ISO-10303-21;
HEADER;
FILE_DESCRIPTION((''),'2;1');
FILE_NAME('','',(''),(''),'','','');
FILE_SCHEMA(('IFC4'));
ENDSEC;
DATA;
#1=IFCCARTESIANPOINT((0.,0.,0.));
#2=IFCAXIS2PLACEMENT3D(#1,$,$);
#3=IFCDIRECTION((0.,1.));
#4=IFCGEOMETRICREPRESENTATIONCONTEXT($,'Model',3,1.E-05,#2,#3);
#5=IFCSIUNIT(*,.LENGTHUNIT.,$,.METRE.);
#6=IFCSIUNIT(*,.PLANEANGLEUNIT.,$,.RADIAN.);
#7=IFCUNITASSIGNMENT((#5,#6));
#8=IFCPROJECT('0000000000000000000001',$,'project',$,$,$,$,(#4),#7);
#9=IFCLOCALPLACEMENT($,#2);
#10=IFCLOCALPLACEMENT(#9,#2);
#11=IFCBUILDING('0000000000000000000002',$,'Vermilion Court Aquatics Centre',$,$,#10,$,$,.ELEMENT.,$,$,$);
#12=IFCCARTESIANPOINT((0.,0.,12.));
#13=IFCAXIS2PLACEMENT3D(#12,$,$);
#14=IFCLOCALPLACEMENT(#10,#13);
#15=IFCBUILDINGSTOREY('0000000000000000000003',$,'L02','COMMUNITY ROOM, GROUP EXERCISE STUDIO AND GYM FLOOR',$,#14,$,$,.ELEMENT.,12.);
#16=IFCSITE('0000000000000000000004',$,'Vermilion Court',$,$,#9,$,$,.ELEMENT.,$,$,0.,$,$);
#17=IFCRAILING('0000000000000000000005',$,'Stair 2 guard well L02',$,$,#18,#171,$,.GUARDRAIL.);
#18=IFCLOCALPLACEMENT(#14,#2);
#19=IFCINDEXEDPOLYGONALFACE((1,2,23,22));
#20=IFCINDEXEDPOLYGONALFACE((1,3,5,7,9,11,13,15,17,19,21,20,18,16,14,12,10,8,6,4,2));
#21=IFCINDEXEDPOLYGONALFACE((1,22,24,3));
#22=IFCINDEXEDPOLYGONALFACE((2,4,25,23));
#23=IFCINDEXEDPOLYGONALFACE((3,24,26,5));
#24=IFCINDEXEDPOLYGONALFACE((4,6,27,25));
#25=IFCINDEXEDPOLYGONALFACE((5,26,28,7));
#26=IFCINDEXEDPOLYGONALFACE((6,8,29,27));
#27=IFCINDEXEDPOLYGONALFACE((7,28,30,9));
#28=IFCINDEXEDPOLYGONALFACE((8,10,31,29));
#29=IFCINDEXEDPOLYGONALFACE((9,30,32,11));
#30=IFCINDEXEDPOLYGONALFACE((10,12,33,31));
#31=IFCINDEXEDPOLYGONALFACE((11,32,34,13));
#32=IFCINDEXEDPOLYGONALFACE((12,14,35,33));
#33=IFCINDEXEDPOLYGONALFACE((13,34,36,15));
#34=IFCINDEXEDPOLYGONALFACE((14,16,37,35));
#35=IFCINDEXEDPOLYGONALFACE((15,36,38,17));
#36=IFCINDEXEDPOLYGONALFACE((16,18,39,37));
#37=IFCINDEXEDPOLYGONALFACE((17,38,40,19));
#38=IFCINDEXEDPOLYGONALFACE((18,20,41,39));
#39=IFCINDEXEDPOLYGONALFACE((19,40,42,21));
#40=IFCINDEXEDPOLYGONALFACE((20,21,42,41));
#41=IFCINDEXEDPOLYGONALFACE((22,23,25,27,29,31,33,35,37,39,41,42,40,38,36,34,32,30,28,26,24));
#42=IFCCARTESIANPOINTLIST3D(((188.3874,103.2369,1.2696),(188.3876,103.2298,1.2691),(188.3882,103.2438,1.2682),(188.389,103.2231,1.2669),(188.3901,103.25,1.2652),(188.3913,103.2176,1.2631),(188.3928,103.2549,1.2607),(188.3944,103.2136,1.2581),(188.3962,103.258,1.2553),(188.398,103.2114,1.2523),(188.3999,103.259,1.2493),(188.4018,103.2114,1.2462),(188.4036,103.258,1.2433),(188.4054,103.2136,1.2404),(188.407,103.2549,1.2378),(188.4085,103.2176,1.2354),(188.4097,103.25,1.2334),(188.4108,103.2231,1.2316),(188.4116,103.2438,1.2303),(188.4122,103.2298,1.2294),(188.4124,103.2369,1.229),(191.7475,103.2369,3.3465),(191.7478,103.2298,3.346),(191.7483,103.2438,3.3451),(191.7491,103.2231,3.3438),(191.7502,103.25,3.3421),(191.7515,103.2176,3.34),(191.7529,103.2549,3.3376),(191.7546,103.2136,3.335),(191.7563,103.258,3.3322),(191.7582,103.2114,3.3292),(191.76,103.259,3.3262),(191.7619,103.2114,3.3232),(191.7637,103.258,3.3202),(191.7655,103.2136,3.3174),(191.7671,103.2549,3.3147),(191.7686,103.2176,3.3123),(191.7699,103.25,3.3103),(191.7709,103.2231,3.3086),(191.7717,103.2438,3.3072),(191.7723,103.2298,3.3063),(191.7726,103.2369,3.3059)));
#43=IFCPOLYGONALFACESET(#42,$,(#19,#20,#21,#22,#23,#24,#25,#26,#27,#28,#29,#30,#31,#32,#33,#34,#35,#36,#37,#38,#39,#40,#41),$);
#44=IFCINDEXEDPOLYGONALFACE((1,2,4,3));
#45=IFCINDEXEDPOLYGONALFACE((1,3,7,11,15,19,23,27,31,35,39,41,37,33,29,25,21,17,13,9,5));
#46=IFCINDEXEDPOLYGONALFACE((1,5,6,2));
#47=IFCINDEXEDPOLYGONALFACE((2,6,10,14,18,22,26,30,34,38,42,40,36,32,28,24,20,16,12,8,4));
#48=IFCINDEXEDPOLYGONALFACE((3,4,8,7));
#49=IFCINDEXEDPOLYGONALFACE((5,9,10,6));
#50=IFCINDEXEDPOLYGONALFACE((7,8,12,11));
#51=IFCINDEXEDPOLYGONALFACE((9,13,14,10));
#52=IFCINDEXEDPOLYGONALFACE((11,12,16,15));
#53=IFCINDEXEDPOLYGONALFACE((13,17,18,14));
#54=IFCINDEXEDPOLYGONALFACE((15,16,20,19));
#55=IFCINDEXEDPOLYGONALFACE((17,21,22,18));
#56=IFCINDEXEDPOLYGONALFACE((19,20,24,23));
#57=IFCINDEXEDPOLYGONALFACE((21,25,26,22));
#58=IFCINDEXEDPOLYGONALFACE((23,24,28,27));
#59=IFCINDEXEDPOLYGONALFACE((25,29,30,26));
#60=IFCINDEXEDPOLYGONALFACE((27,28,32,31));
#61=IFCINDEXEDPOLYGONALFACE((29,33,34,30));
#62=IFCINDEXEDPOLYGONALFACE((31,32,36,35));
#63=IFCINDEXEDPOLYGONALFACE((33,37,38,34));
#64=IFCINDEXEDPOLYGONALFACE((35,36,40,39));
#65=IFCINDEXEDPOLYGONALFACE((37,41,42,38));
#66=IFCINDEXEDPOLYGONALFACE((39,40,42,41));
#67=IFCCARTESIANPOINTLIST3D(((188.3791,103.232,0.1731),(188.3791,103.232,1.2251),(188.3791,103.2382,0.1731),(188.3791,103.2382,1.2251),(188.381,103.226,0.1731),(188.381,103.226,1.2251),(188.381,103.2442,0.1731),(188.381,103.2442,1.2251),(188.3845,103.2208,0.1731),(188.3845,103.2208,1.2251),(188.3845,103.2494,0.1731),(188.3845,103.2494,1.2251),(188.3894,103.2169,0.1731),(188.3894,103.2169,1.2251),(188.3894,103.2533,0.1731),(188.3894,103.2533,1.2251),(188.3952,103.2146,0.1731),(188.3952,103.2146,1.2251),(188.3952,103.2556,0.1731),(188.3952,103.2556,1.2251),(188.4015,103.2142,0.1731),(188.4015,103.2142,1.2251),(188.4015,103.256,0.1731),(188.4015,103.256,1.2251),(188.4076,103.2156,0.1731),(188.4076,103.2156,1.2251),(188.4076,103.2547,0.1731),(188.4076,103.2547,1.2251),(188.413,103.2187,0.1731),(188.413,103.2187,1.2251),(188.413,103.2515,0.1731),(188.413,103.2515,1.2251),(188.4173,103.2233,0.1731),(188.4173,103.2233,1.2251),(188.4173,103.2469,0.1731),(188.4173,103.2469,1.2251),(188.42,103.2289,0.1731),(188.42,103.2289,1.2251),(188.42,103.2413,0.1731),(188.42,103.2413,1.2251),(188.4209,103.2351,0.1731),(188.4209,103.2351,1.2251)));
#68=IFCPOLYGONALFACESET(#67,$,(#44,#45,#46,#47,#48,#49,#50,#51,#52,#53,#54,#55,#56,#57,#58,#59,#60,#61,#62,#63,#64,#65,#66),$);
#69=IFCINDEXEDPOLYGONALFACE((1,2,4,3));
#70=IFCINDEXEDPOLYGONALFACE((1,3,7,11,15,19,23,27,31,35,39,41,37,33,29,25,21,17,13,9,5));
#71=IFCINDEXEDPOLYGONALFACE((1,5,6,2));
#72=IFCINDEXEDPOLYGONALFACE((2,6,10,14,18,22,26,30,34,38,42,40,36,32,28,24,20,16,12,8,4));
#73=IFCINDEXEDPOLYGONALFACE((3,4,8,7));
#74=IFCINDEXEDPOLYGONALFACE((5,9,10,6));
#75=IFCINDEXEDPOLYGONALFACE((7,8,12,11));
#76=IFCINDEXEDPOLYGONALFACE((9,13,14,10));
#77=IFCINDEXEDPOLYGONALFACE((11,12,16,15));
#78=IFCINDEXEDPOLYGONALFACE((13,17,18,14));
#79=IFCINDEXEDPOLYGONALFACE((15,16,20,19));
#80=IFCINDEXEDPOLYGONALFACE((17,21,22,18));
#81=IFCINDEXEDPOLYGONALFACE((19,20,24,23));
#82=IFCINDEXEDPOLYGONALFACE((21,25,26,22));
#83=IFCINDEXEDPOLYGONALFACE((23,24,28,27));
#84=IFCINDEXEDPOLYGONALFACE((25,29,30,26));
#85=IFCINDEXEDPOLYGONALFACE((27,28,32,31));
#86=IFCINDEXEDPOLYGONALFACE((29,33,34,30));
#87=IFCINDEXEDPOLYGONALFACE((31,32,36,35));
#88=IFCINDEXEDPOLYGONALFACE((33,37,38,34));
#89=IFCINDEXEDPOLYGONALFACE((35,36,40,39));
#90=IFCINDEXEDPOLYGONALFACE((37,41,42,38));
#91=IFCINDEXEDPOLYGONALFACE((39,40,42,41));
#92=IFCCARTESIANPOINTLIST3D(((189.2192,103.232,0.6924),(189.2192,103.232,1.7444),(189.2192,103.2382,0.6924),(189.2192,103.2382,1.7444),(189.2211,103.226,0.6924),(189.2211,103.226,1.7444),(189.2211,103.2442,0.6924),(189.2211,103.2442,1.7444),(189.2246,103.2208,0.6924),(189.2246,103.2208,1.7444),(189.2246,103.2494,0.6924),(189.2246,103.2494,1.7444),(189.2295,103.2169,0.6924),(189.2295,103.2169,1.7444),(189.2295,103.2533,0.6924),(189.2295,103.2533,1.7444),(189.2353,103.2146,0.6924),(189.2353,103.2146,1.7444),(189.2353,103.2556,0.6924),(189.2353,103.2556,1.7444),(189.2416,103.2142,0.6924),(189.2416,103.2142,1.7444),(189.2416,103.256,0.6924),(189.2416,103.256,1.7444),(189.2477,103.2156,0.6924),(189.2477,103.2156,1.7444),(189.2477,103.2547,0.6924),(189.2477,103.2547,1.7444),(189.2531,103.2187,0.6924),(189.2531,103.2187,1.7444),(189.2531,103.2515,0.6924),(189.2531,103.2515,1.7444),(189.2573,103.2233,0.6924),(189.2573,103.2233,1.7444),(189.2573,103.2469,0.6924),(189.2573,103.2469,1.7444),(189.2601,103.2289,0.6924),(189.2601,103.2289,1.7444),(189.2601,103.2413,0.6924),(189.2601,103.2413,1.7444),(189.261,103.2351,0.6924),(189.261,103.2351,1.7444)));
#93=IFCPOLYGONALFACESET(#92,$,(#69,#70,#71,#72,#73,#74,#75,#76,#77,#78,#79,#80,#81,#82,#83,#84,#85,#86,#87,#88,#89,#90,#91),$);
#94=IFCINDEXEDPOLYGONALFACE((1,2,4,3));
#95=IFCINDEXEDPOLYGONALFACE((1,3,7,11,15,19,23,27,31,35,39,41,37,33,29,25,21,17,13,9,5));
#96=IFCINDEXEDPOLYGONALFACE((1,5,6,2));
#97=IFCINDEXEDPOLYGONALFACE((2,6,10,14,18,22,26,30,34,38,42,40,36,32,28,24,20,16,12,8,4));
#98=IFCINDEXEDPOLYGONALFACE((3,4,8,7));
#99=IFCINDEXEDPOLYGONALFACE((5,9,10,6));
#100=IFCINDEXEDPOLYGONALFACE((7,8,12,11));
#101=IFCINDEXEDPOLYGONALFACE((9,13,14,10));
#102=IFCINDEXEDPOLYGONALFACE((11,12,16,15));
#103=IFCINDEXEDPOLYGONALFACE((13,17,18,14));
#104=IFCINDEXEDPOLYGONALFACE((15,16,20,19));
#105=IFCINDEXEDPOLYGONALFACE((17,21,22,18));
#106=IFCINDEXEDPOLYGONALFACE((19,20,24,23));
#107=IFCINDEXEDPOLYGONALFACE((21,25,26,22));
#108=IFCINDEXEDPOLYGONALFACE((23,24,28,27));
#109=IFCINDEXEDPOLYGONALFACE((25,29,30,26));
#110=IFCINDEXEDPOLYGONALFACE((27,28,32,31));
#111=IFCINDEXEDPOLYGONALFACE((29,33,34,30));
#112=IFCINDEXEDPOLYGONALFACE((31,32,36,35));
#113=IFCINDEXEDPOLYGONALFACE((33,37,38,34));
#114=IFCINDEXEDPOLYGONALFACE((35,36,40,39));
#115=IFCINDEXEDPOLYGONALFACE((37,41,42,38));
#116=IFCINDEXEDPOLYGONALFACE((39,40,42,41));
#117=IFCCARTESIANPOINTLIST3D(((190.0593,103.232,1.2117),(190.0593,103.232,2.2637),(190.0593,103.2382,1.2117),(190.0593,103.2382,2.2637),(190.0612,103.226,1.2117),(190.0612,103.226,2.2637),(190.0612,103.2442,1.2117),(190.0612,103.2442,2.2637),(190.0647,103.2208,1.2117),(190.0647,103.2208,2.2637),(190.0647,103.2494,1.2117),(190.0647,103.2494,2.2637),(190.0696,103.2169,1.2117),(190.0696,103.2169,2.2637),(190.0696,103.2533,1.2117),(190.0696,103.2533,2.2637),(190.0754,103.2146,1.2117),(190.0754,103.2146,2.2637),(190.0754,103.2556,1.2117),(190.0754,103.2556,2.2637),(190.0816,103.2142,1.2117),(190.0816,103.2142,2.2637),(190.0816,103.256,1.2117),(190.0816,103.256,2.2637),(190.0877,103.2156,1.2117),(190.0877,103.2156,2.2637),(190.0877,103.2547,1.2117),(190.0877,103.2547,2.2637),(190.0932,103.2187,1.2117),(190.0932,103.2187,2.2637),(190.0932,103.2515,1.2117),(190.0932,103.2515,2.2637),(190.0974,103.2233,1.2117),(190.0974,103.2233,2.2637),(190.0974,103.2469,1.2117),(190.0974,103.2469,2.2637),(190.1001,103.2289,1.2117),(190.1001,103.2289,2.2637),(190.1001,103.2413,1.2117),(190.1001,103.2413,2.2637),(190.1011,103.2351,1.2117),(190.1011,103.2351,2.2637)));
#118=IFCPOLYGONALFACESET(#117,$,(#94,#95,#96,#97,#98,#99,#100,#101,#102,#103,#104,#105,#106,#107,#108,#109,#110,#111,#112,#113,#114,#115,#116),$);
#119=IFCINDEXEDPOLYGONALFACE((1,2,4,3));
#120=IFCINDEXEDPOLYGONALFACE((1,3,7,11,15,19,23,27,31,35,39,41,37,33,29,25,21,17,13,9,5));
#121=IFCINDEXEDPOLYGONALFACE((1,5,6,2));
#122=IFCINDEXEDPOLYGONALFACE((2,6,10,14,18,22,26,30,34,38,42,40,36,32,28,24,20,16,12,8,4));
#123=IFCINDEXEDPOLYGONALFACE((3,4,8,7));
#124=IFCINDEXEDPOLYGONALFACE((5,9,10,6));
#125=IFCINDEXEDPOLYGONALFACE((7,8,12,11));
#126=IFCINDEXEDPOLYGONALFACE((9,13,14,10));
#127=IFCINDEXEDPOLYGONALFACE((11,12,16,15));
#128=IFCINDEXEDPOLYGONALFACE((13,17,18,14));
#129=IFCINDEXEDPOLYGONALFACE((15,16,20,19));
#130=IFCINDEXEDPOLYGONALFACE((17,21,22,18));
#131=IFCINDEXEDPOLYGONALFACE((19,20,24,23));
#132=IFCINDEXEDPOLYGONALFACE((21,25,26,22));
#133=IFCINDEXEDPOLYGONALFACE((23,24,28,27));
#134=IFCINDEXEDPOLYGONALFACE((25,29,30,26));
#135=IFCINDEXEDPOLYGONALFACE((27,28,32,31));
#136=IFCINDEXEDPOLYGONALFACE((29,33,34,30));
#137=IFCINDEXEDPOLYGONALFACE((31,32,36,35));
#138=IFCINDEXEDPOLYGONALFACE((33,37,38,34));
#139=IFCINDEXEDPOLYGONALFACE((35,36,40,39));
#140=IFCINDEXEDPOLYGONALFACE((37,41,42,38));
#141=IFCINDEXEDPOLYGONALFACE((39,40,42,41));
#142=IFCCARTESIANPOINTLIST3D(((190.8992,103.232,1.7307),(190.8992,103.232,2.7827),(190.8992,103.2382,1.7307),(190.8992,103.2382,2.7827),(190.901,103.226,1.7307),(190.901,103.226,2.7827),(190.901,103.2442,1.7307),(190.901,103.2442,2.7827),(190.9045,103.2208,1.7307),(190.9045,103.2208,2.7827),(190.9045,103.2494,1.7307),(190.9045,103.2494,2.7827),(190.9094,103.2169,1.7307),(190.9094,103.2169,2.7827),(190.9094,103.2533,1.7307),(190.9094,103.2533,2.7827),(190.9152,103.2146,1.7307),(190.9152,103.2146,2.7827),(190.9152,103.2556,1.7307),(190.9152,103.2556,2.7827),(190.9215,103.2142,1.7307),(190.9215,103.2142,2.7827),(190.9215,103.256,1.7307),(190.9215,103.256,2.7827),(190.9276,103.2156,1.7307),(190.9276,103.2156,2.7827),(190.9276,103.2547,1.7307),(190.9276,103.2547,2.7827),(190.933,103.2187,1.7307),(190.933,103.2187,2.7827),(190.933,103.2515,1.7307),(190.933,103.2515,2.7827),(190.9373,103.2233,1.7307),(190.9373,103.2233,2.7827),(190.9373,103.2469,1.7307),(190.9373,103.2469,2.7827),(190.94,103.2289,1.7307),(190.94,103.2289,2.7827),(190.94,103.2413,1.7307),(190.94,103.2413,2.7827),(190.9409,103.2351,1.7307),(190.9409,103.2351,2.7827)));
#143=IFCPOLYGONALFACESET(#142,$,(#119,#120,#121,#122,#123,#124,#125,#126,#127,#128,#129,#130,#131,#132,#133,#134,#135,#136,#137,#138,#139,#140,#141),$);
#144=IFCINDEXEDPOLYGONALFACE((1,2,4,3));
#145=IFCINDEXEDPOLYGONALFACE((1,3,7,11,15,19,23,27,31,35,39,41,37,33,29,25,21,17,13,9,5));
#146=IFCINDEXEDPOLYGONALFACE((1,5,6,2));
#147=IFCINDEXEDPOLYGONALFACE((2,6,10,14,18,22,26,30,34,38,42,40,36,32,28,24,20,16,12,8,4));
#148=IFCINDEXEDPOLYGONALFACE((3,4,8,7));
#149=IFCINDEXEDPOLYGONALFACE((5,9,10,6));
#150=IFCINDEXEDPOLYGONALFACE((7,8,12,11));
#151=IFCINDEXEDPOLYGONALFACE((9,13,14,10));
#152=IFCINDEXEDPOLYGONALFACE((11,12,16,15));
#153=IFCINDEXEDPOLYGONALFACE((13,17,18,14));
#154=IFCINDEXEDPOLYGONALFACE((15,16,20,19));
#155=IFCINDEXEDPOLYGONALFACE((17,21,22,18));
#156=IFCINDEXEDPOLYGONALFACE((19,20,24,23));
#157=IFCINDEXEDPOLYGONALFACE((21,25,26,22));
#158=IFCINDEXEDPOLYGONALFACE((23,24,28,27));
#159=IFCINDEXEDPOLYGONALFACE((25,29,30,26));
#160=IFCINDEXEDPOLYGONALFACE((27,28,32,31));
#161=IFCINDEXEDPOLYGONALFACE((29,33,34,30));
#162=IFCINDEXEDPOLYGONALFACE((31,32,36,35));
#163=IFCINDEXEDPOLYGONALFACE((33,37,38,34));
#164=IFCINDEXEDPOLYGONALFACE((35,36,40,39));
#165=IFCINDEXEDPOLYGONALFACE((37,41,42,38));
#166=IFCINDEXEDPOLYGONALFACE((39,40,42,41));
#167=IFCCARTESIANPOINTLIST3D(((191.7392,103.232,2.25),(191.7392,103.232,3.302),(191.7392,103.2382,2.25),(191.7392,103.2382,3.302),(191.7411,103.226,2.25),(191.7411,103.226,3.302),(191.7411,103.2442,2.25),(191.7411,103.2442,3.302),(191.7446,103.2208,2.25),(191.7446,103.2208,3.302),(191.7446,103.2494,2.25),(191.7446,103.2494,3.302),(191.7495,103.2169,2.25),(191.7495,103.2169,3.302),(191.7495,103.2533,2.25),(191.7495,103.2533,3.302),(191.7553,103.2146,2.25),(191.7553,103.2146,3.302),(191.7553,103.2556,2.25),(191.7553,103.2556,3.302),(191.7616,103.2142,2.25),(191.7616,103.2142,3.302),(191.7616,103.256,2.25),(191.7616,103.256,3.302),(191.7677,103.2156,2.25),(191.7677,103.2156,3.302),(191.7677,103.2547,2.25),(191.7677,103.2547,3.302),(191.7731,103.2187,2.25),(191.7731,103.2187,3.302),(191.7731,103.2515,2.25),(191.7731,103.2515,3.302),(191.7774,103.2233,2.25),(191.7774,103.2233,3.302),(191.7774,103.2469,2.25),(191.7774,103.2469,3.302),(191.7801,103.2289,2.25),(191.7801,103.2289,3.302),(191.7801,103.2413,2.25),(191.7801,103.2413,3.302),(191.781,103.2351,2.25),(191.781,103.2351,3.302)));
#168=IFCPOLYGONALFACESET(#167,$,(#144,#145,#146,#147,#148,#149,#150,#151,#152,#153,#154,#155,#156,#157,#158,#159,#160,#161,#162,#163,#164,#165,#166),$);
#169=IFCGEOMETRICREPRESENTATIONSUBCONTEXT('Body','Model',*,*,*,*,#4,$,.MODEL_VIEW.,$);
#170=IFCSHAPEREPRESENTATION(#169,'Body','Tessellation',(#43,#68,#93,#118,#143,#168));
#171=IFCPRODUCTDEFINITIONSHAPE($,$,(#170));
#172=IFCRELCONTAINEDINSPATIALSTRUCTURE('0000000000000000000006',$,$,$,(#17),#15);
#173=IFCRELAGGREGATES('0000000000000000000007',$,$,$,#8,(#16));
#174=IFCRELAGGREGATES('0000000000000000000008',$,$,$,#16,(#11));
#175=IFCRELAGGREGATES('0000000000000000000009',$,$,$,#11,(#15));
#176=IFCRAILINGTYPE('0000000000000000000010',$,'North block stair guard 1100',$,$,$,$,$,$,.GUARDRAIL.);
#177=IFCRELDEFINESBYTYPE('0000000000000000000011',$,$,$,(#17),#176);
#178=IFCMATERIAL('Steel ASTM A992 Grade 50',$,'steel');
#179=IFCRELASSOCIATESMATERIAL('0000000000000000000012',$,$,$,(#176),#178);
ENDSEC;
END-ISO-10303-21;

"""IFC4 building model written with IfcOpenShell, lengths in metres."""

from ifc_helpers import new_model, si_unit, direction, frame, origin, origin_2d, place, context, subcontext, project, spatial, circle, extrude, material, type_object, element, save


model = new_model("IFC4")

# Units and contexts
model_context = context("Model", 3, precision=1e-05, world=origin(), true_north=direction((0.0, 1.0)))
body_context = subcontext(model_context, "Body", "Model", "MODEL_VIEW")
ifc_project = project(units=[si_unit("LENGTHUNIT", "METRE"), si_unit("PLANEANGLEUNIT", "RADIAN")], contexts=[model_context])

# Site, building, storey
site_placement = place(None, origin())
site = spatial("IfcSite", under=ifc_project, at=site_placement, Name="Vermilion Court", CompositionType="ELEMENT", RefElevation=0.0)
building_placement = place(site_placement, origin())
building = spatial("IfcBuilding", under=site, at=building_placement, Name="Vermilion Court Aquatics Centre", CompositionType="ELEMENT")
storey_placement = place(building_placement, frame((0.0, 0.0, 12.0)))
storey = spatial("IfcBuildingStorey", under=building, at=storey_placement, Name="L02", Description="COMMUNITY ROOM, GROUP EXERCISE STUDIO AND GYM FLOOR", CompositionType="ELEMENT", Elevation=12.0)

# Railing
ifc_material_1 = material(Name="Steel ASTM A992 Grade 50", Category="steel")
railing_type_1 = type_object("IfcRailingType", Name="North block stair guard 1100", PredefinedType="GUARDRAIL", material=ifc_material_1)
railing_1_placement = place(storey_placement, frame((188.3999, 103.2351, 0.1731)))
element("IfcRailing", 1, at=railing_1_placement, inside=storey, type_object=railing_type_1, Name="Stair 2 guard well L02", PredefinedType="GUARDRAIL", context=body_context, shape_type="SweptSolid", body=[
    extrude(circle(Radius=0.0239, at=origin_2d()), frame((0.0, 0.0, 1.0762), z_axis=(0.850623, 0.0, 0.525776), x_axis=(0.0, 1.0, 0.0)), (0.0, 0.0, 1.0), 3.9502),
    extrude(circle(Radius=0.021, at=origin_2d()), origin(), (0.0, 0.0, 1.0), 1.052),
    extrude(circle(Radius=0.021, at=origin_2d()), frame((0.8401, 0.0, 0.5193)), (0.0, 0.0, 1.0), 1.052),
    extrude(circle(Radius=0.021, at=origin_2d()), frame((1.6802, 0.0, 1.0386)), (0.0, 0.0, 1.0), 1.052),
    extrude(circle(Radius=0.021, at=origin_2d()), frame((2.52, 0.0, 1.5576)), (0.0, 0.0, 1.0), 1.052),
    extrude(circle(Radius=0.021, at=origin_2d()), frame((3.3601, 0.0, 2.0769)), (0.0, 0.0, 1.0), 1.052),
])

save(model, "model.ifc")
